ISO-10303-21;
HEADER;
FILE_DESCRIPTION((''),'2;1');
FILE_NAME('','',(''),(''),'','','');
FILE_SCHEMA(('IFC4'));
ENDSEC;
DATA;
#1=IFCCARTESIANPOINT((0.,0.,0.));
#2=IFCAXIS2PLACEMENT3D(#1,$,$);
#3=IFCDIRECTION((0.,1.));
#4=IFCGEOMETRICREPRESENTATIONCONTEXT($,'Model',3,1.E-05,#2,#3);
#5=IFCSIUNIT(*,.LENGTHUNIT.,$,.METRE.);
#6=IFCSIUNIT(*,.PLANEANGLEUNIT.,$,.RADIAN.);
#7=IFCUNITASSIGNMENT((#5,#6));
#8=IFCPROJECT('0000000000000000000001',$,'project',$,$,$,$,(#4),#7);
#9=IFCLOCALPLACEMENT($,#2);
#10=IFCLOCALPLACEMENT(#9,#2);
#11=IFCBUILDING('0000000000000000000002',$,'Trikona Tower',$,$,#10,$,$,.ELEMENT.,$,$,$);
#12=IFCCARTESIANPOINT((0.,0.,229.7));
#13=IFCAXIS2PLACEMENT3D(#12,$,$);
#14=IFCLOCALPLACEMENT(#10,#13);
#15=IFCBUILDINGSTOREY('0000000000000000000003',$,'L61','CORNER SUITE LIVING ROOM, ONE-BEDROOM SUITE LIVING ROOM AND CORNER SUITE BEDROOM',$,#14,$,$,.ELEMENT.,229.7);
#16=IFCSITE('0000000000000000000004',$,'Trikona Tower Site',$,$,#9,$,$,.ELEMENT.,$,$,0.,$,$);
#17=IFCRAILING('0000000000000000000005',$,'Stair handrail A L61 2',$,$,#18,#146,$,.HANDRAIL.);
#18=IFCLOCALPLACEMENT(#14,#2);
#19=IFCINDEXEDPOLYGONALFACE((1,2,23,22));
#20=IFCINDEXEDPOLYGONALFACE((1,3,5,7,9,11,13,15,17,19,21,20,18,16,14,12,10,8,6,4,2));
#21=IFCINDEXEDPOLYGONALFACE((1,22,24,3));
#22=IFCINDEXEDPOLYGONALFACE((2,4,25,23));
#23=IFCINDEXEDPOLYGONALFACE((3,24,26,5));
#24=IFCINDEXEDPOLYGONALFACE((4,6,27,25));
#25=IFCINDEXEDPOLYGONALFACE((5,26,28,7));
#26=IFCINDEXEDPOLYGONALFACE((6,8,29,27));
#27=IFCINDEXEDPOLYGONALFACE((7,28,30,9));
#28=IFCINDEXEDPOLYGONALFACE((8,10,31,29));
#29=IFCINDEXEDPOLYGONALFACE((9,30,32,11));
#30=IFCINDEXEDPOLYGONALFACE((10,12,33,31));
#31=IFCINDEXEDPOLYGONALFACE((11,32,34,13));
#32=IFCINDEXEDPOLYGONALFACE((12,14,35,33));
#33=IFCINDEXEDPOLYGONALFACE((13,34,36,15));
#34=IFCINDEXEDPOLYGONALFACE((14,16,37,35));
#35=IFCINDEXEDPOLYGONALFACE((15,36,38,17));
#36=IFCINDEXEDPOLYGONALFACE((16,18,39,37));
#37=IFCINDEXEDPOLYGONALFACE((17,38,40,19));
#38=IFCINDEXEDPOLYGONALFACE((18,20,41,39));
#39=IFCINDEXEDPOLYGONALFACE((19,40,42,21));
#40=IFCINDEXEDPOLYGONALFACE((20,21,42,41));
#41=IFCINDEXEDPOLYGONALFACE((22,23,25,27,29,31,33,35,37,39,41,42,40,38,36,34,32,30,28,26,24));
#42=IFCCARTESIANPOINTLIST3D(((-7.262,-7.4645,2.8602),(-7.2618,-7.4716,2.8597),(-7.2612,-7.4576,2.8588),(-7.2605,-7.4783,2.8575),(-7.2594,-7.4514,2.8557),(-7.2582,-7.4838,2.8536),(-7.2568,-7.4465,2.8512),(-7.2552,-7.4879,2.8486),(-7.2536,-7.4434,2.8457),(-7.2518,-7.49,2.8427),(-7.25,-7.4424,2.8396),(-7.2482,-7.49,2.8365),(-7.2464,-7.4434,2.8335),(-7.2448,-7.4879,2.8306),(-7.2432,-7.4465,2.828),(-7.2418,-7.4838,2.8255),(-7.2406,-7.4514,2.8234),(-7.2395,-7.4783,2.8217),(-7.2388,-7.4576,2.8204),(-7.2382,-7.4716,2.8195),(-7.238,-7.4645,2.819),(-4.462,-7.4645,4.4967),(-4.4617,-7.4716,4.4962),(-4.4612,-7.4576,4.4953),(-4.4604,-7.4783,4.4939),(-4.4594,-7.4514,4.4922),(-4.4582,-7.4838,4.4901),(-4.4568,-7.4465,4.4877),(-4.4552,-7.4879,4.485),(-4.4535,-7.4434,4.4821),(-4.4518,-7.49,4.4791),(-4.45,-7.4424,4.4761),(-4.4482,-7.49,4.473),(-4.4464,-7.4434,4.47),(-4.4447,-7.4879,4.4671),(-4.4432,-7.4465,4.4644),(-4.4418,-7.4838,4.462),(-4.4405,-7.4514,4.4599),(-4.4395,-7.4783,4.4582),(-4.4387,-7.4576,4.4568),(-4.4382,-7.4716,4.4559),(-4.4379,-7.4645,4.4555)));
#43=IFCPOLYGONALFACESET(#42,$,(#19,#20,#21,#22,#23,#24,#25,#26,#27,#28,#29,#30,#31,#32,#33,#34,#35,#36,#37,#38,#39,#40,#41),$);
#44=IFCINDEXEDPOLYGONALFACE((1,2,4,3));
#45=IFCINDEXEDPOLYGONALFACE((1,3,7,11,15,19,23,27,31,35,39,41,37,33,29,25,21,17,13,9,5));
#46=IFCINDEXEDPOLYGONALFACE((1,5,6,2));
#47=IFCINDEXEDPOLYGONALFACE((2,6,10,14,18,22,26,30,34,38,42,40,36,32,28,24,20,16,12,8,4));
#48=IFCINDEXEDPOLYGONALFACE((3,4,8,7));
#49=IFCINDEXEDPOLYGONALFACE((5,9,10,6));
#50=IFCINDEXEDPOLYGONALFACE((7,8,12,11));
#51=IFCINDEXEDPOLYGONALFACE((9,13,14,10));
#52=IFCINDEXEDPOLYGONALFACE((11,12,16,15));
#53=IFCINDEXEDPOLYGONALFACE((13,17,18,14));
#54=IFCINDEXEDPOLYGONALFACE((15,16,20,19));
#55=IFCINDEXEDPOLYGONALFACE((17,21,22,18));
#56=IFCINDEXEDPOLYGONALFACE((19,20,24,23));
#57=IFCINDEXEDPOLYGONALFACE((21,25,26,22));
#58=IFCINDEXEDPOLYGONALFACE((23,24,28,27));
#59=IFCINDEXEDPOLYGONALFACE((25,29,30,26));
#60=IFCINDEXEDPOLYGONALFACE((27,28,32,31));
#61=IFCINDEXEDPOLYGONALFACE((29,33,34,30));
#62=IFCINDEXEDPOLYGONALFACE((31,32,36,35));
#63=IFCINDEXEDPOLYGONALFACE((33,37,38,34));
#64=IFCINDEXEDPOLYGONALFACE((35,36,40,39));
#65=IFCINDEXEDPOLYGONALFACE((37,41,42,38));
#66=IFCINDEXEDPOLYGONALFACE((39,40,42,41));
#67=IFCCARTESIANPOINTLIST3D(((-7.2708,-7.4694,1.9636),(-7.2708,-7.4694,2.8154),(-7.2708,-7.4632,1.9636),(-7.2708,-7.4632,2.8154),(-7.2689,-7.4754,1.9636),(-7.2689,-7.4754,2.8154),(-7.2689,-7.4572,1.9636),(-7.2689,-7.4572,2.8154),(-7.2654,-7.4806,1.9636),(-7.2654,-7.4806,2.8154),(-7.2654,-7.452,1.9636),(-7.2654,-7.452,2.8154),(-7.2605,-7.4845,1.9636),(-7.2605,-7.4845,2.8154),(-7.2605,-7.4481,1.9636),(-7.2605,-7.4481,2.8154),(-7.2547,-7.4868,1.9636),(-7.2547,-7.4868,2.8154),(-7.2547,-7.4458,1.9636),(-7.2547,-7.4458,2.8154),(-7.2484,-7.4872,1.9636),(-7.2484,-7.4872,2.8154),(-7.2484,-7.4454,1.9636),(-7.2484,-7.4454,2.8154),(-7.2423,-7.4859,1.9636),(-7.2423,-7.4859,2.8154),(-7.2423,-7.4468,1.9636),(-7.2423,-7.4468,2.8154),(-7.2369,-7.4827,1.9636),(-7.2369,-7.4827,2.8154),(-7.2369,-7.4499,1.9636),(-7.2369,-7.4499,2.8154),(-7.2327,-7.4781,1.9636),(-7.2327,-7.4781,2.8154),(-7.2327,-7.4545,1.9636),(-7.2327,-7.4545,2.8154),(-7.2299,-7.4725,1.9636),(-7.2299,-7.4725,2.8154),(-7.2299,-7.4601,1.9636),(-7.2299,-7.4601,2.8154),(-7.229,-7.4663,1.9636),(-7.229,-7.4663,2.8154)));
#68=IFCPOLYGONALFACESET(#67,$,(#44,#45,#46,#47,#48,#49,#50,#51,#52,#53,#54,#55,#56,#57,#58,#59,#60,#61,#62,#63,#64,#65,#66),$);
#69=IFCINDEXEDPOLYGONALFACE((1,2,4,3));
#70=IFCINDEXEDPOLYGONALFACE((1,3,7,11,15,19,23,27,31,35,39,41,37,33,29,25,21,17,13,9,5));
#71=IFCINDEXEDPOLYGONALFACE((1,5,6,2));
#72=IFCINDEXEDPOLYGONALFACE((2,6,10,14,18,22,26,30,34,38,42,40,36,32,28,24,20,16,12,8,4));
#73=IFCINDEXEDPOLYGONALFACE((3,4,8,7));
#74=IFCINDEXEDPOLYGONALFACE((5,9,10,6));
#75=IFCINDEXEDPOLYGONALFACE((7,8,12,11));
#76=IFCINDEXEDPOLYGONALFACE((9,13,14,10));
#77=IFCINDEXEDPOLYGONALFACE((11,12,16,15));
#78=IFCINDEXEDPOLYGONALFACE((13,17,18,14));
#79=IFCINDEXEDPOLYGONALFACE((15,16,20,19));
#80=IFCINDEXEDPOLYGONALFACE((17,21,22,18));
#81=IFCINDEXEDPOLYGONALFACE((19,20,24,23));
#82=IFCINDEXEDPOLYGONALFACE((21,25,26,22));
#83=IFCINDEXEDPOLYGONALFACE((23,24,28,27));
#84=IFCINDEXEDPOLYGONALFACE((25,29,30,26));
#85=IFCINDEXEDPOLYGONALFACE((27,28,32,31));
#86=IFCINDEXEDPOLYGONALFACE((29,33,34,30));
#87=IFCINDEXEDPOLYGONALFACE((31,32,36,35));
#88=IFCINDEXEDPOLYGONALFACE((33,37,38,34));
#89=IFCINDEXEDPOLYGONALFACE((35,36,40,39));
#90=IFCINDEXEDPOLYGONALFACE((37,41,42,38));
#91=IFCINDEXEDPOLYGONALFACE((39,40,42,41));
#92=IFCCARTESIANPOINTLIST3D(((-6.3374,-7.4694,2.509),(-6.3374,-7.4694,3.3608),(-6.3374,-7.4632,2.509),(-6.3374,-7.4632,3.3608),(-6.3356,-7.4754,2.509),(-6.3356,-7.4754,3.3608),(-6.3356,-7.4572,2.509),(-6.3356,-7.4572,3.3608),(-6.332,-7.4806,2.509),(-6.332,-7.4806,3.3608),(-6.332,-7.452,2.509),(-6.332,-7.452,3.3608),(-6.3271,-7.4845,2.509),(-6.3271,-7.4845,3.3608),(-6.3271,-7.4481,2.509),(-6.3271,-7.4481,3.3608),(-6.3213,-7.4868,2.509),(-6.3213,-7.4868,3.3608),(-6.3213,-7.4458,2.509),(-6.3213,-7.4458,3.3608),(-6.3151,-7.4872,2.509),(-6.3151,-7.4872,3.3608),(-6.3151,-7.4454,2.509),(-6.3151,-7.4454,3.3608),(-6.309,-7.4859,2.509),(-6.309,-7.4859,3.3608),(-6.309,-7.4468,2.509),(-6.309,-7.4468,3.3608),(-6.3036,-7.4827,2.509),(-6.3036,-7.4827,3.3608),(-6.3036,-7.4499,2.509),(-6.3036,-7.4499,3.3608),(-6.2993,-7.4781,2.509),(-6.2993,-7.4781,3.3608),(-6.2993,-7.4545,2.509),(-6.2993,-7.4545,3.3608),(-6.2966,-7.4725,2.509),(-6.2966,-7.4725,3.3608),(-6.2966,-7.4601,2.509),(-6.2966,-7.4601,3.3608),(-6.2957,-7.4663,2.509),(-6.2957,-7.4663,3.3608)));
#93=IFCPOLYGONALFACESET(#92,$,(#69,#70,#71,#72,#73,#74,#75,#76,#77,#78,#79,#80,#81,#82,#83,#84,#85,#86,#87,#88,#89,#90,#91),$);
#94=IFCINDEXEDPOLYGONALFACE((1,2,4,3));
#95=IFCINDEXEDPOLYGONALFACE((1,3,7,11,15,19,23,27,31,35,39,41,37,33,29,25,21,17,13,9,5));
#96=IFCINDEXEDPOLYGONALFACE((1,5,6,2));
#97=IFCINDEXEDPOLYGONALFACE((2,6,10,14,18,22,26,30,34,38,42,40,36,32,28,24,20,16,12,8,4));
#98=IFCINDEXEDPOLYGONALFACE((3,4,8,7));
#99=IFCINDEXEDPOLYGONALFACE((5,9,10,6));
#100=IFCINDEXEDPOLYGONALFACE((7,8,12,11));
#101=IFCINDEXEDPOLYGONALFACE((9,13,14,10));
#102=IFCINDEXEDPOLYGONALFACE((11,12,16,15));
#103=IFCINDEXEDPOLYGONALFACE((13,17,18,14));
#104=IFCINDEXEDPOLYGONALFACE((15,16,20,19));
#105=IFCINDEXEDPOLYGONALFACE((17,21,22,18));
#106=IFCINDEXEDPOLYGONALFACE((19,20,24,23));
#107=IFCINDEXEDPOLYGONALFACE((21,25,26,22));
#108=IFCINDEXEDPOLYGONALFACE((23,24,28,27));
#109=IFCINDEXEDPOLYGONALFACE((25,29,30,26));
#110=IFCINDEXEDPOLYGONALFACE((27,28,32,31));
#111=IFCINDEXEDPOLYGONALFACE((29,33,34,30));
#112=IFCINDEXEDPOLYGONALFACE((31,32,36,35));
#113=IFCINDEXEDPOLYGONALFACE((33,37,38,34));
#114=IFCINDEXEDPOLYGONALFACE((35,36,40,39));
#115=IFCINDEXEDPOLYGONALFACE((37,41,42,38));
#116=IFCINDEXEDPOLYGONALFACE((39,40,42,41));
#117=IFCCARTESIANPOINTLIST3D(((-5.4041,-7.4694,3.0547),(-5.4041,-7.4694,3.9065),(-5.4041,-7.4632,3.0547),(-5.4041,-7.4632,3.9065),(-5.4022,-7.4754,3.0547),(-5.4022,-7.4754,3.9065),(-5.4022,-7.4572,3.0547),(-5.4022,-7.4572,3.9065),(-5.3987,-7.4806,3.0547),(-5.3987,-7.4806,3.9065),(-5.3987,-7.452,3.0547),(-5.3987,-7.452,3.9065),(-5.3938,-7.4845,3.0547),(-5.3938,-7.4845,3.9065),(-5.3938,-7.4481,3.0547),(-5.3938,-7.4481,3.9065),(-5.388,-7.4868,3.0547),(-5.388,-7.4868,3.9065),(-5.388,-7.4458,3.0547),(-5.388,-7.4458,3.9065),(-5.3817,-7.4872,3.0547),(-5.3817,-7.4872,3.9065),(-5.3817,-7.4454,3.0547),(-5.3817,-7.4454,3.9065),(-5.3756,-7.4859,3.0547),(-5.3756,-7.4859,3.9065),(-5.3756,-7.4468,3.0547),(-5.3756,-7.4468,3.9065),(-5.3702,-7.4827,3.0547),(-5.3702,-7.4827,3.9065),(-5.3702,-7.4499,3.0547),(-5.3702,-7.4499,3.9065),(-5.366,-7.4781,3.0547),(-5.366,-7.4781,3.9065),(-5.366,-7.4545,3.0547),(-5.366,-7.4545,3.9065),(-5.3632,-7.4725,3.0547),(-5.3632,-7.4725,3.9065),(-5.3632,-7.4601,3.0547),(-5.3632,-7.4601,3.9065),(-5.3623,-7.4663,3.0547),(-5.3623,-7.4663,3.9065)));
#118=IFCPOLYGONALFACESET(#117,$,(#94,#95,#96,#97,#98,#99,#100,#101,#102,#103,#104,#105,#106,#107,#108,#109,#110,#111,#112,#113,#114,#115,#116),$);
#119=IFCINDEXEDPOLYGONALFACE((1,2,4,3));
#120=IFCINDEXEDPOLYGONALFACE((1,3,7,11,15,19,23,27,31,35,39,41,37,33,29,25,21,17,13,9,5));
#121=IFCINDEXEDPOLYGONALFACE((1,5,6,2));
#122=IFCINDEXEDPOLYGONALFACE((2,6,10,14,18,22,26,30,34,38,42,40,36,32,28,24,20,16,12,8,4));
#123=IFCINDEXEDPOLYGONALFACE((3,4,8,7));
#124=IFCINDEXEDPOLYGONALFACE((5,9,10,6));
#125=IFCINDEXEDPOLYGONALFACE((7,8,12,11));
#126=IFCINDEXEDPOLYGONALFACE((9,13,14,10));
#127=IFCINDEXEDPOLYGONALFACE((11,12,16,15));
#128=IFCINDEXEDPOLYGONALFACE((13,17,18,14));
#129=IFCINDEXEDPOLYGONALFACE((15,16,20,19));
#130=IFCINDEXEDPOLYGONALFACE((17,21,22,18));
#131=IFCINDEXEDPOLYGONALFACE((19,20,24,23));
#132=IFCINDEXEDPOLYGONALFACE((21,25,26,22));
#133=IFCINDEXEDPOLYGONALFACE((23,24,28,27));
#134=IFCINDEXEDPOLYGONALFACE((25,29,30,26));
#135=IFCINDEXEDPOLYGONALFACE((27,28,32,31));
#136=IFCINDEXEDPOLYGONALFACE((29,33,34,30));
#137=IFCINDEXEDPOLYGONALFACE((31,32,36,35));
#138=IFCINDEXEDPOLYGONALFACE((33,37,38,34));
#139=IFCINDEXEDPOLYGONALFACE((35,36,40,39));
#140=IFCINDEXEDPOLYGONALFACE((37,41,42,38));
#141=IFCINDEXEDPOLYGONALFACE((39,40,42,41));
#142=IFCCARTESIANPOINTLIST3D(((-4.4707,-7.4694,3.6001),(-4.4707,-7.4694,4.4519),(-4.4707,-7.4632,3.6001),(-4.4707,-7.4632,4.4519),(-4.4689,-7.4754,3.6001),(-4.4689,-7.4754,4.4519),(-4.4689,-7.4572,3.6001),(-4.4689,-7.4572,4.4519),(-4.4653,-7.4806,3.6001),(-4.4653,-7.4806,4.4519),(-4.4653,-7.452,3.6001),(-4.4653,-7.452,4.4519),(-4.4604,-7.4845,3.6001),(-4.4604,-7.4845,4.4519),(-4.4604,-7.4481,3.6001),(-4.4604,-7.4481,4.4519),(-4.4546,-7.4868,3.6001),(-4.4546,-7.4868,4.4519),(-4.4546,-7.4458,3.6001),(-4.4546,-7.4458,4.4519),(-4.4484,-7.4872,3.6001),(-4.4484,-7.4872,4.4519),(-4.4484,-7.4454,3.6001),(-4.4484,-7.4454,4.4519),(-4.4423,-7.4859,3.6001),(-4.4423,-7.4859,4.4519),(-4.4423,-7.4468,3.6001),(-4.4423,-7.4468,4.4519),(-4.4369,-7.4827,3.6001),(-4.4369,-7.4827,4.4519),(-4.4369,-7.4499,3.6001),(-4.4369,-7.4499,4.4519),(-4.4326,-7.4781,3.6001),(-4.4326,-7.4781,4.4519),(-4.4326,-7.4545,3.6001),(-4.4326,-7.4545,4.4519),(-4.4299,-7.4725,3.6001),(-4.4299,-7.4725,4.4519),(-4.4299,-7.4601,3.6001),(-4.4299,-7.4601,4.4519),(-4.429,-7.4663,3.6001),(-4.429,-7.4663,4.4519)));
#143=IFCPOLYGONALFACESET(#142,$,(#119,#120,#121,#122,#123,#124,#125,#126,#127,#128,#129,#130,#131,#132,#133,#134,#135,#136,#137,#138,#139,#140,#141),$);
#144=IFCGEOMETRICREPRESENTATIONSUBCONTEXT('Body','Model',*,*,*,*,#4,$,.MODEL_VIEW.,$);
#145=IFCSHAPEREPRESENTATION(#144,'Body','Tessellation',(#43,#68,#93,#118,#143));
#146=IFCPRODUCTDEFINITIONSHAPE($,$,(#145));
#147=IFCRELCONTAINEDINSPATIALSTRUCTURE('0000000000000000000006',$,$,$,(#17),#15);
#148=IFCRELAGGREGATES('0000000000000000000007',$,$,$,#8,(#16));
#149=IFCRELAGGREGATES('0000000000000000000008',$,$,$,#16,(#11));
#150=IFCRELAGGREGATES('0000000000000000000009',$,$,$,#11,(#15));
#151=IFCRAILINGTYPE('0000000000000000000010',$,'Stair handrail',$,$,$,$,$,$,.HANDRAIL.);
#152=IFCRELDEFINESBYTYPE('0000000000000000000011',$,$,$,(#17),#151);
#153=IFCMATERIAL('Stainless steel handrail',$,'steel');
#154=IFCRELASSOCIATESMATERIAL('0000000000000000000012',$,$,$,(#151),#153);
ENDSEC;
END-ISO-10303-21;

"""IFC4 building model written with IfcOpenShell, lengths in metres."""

from ifc_helpers import new_model, si_unit, direction, frame, origin, origin_2d, place, context, subcontext, project, spatial, circle, extrude, material, type_object, element, save


model = new_model("IFC4")

# Units and contexts
model_context = context("Model", 3, precision=1e-05, world=origin(), true_north=direction((0.0, 1.0)))
body_context = subcontext(model_context, "Body", "Model", "MODEL_VIEW")
ifc_project = project(units=[si_unit("LENGTHUNIT", "METRE"), si_unit("PLANEANGLEUNIT", "RADIAN")], contexts=[model_context])

# Site, building, storey
site_placement = place(None, origin())
site = spatial("IfcSite", under=ifc_project, at=site_placement, Name="Trikona Tower Site", CompositionType="ELEMENT", RefElevation=0.0)
building_placement = place(site_placement, origin())
building = spatial("IfcBuilding", under=site, at=building_placement, Name="Trikona Tower", CompositionType="ELEMENT")
storey_placement = place(building_placement, frame((0.0, 0.0, 229.7)))
storey = spatial("IfcBuildingStorey", under=building, at=storey_placement, Name="L61", Description="CORNER SUITE LIVING ROOM, ONE-BEDROOM SUITE LIVING ROOM AND CORNER SUITE BEDROOM", CompositionType="ELEMENT", Elevation=229.7)

# Railing
ifc_material_1 = material(Name="Stainless steel handrail", Category="steel")
railing_type = type_object("IfcRailingType", Name="Stair handrail", PredefinedType="HANDRAIL", material=ifc_material_1)
railing_1_placement = place(storey_placement, frame((-7.25, -7.4663, 1.9636)))
element("IfcRailing", 1, at=railing_1_placement, inside=storey, type_object=railing_type, Name="Stair handrail A L61 2", PredefinedType="HANDRAIL", context=body_context, shape_type="SweptSolid", body=[
    extrude(circle(Radius=0.0239, at=origin_2d()), frame((0.0, 0.0, 0.876), z_axis=(0.863361, 0.0, 0.504587), x_axis=(0.0, 1.0, 0.0)), (0.0, 0.0, 1.0), 3.2432),
    extrude(circle(Radius=0.021, at=origin_2d()), origin(), (0.0, 0.0, 1.0), 0.8518),
    extrude(circle(Radius=0.021, at=origin_2d()), frame((0.9333, 0.0, 0.5454)), (0.0, 0.0, 1.0), 0.8518),
    extrude(circle(Radius=0.021, at=origin_2d()), frame((1.8667, 0.0, 1.0911)), (0.0, 0.0, 1.0), 0.8518),
    extrude(circle(Radius=0.021, at=origin_2d()), frame((2.8, 0.0, 1.6365)), (0.0, 0.0, 1.0), 0.8518),
])

save(model, "model.ifc")
